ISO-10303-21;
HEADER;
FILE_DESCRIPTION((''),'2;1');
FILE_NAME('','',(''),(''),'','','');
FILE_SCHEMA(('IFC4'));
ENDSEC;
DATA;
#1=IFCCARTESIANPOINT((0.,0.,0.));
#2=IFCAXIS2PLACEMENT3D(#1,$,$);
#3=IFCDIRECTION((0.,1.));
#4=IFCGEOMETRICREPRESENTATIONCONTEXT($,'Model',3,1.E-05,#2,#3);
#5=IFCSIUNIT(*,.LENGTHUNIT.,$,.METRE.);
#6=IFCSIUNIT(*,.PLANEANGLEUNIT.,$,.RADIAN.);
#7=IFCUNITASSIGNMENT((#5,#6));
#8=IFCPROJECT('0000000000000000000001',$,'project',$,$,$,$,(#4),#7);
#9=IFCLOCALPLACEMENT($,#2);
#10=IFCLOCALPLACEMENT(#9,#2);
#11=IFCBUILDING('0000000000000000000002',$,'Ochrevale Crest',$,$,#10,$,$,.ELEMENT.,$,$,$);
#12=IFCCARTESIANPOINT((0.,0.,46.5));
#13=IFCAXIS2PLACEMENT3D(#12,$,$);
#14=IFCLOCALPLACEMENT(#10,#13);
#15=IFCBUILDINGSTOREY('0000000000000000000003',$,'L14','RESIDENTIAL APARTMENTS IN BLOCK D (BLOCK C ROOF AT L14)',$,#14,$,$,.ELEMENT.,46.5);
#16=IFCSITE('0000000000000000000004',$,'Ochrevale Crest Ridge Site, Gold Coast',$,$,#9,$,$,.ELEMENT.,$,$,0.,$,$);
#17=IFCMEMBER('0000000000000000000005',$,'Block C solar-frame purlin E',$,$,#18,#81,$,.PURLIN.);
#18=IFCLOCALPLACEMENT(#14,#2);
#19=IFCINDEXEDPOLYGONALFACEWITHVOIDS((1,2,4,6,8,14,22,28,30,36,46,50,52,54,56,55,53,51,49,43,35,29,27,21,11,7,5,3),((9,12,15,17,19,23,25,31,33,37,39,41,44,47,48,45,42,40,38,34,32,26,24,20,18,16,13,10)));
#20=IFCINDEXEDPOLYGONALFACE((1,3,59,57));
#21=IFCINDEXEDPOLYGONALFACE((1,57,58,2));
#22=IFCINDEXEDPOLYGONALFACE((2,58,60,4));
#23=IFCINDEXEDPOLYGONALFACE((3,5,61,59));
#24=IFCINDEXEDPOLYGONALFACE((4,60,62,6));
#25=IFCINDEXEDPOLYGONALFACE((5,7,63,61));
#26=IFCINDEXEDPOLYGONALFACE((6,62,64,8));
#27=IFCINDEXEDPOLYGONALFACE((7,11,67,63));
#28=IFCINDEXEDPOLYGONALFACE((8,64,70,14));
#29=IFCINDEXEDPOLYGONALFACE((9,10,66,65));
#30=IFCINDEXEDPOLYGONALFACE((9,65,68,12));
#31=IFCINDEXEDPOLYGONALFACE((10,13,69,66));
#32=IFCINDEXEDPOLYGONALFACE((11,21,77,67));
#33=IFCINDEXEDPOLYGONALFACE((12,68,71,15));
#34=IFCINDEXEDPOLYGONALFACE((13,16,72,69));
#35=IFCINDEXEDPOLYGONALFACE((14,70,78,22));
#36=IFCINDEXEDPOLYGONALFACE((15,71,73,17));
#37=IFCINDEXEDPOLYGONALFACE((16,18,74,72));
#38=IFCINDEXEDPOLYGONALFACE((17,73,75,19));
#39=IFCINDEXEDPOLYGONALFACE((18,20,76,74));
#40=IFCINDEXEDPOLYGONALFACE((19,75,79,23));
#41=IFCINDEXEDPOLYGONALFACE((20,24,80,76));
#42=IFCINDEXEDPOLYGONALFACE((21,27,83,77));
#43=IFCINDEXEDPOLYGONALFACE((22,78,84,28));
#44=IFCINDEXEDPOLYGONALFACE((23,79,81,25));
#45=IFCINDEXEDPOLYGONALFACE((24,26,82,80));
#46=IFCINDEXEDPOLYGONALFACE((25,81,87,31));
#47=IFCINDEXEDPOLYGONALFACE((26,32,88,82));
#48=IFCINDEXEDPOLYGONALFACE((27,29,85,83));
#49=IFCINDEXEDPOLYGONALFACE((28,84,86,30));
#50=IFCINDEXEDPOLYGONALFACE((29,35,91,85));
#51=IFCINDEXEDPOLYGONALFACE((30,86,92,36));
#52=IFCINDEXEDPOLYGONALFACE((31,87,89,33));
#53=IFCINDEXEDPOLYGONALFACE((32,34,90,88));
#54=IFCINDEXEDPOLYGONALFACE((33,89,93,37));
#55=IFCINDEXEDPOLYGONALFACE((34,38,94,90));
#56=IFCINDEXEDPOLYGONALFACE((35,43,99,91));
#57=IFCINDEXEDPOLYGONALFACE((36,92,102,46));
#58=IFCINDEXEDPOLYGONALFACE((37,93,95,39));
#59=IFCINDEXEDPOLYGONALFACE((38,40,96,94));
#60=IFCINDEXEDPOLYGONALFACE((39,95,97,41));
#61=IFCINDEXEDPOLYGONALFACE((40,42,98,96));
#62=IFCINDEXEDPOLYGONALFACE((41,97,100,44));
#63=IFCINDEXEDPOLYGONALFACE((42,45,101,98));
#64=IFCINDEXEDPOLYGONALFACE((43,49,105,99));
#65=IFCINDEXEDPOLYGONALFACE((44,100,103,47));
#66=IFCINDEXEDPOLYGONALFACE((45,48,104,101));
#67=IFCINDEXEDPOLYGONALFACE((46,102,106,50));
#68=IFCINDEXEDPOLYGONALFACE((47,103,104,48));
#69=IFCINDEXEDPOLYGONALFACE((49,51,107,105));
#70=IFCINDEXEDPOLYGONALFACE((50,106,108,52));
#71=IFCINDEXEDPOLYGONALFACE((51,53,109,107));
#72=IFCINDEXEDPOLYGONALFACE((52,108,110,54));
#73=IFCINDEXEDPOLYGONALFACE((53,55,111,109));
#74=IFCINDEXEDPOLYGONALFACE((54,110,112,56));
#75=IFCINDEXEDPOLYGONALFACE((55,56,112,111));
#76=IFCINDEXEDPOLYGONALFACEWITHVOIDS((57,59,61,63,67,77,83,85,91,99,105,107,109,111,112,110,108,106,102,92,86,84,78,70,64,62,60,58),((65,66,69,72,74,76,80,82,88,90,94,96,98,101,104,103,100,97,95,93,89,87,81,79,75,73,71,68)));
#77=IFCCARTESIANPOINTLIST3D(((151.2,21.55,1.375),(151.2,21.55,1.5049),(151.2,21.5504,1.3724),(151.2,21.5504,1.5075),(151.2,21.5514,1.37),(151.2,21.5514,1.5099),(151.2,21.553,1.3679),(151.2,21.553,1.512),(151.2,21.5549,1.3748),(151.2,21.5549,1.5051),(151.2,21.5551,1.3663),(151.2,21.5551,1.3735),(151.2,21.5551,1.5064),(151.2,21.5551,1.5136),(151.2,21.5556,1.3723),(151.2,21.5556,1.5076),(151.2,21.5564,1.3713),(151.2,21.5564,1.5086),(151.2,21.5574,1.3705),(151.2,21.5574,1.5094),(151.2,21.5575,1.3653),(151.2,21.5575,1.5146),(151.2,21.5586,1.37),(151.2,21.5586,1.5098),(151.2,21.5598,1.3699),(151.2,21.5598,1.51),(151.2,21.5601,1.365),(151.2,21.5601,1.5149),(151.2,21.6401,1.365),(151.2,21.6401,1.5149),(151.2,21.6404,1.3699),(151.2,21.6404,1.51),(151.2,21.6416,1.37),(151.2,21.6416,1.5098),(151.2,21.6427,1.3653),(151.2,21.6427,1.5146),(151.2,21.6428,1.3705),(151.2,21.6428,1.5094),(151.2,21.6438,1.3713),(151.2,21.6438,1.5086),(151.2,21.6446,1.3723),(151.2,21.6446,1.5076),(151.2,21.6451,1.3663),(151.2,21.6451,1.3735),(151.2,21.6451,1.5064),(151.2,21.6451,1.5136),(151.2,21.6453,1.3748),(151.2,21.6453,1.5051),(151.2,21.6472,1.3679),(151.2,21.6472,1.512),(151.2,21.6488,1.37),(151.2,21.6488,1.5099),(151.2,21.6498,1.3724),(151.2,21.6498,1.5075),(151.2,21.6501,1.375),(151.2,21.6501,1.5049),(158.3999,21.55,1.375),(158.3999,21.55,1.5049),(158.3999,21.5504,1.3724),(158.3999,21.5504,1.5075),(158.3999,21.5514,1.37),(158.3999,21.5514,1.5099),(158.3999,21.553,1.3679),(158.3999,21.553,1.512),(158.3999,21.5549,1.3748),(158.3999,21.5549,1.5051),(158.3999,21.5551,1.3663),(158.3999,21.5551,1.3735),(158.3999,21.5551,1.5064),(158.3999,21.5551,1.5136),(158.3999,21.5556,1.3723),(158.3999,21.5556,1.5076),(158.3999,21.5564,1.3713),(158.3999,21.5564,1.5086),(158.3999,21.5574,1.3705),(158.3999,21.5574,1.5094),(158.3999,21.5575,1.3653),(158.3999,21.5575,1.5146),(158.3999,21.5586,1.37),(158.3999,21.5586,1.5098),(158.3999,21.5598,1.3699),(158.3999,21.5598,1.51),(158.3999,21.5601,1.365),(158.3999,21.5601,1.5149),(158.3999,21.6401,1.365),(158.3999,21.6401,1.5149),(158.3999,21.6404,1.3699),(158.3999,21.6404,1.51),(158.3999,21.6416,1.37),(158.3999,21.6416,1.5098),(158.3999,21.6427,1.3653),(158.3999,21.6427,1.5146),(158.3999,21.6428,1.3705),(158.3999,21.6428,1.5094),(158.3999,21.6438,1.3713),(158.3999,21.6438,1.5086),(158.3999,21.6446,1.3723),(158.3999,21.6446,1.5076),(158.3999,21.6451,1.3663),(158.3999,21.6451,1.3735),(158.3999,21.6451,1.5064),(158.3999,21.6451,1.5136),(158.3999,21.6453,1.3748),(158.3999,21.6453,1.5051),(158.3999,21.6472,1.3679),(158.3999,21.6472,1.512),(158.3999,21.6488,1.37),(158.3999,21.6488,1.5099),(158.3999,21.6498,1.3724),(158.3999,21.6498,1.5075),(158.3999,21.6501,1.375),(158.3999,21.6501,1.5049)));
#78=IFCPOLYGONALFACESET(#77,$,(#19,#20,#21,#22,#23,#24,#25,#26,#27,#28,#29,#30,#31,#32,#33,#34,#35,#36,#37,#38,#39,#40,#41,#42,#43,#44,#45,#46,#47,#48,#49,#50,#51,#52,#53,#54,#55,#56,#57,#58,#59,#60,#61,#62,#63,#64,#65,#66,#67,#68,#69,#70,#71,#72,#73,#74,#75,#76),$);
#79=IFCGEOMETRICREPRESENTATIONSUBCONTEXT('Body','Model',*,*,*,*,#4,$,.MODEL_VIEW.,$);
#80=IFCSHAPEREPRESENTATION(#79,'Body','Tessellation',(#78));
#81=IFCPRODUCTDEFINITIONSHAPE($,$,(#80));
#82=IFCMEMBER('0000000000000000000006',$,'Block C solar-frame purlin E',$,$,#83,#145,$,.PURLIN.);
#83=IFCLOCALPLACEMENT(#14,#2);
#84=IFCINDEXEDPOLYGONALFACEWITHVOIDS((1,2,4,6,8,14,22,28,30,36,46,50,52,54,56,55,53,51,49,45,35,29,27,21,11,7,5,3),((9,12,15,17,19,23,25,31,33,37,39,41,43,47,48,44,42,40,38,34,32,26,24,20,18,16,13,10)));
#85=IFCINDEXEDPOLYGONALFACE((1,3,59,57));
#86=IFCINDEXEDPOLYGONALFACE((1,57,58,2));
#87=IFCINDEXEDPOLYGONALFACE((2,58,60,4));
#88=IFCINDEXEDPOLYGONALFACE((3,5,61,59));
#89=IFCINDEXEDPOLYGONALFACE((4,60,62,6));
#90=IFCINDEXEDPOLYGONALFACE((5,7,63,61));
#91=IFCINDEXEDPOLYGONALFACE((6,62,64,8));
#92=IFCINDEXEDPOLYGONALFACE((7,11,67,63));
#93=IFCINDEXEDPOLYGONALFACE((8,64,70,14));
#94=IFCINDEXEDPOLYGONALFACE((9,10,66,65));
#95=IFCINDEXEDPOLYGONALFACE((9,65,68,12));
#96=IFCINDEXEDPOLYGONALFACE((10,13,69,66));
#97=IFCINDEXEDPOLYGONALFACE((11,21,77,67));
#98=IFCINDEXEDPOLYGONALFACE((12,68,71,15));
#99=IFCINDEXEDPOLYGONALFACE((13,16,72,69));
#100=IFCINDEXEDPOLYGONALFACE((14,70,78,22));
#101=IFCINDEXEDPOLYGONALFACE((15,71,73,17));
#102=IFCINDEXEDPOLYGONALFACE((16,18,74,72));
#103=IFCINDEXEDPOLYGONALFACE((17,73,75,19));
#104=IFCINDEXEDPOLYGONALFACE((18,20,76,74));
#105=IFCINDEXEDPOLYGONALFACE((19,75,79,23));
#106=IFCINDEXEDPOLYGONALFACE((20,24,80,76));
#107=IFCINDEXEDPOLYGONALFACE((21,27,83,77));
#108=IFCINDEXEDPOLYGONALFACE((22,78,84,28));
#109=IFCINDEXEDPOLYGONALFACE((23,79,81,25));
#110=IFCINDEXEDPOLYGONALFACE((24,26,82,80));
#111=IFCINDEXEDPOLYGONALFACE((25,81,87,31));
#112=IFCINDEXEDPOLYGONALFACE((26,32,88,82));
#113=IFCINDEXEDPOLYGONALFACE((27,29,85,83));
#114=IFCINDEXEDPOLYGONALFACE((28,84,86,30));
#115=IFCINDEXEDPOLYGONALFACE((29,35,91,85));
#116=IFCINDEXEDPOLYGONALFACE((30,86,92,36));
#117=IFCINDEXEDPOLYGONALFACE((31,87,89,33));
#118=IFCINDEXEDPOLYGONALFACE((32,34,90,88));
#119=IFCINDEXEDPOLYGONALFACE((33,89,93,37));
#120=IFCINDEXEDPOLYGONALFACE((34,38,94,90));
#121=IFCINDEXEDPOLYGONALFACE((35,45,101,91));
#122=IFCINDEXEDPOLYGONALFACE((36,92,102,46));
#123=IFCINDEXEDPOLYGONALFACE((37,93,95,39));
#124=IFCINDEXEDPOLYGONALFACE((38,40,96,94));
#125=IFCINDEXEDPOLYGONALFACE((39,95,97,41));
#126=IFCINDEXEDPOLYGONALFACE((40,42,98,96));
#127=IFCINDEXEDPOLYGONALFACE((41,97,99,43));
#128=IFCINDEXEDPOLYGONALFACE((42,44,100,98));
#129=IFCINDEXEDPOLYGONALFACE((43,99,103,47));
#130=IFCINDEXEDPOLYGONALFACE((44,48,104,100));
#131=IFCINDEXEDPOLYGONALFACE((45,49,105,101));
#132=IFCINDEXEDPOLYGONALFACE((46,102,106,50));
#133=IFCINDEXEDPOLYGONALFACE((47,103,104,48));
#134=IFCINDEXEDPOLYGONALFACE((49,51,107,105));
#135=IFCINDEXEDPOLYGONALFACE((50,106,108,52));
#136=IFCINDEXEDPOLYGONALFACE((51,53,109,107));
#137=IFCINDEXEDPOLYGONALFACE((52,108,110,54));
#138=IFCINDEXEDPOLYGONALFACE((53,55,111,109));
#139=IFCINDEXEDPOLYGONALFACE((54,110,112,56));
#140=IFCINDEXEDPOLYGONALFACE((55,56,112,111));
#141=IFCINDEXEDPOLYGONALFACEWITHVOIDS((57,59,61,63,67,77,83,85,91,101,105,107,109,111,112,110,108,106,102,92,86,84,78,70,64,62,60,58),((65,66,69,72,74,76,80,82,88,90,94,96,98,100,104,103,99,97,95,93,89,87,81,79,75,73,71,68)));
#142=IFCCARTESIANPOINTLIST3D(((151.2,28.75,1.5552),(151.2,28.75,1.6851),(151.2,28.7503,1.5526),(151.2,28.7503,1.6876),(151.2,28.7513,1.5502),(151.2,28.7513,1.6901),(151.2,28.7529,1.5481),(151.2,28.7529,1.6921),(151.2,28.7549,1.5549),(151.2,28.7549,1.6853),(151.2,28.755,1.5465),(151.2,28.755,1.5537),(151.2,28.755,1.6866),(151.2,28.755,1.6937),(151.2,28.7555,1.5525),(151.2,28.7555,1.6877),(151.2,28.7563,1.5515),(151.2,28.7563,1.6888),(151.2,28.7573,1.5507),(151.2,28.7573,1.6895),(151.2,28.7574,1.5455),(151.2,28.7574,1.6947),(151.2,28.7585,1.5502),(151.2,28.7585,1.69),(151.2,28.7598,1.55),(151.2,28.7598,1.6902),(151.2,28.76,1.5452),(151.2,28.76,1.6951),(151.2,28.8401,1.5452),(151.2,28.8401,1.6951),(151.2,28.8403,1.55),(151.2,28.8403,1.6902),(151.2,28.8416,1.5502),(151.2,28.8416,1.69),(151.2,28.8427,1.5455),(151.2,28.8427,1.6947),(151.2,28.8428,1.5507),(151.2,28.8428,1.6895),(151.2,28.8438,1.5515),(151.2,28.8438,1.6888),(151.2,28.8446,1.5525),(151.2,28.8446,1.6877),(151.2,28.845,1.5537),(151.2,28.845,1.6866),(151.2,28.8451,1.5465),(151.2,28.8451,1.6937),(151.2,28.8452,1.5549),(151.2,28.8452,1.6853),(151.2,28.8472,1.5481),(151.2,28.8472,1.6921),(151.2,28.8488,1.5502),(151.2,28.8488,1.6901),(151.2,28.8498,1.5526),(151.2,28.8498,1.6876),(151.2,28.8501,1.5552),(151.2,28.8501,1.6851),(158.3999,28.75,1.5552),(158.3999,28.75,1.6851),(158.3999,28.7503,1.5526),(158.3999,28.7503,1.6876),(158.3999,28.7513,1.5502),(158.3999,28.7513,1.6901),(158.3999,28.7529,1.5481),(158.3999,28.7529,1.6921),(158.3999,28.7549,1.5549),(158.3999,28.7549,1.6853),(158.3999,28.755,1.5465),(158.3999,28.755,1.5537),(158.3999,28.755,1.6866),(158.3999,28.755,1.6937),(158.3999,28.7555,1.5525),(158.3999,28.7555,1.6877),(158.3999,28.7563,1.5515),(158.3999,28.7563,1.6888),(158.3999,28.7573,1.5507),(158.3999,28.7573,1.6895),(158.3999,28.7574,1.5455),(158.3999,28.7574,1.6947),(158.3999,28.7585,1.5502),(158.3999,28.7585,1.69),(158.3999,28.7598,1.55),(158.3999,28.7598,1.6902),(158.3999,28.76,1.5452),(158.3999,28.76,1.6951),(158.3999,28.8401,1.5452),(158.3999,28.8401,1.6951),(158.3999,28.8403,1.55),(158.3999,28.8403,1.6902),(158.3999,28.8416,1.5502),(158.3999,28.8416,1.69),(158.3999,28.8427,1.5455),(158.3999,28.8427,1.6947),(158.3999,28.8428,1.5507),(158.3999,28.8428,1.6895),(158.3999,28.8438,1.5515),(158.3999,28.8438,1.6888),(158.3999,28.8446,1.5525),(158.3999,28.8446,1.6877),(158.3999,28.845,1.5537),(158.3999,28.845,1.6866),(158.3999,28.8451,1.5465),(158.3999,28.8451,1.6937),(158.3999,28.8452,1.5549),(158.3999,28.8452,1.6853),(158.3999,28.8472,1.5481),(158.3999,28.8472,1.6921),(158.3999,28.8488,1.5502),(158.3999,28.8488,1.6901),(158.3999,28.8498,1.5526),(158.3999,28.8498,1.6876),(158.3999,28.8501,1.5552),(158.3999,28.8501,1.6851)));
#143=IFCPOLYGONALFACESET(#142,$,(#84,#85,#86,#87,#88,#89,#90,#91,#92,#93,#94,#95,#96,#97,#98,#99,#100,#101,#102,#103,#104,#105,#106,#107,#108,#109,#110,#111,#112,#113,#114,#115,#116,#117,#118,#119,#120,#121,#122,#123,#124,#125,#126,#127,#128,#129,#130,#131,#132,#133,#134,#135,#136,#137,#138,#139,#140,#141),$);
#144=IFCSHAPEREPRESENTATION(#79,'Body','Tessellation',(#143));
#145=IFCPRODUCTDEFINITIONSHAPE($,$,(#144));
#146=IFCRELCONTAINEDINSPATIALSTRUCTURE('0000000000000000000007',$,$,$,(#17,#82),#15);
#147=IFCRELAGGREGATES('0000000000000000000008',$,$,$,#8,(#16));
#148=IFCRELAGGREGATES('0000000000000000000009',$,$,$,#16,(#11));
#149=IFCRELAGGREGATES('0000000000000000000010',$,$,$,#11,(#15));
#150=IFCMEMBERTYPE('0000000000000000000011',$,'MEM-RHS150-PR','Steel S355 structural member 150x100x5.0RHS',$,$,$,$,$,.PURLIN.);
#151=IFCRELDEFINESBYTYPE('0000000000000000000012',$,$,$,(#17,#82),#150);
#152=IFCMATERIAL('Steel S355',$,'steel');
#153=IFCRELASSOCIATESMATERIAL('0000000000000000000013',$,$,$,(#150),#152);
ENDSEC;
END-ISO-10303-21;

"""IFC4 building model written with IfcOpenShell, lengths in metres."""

from ifc_helpers import new_model, si_unit, direction, frame, origin, origin_2d, place, context, subcontext, project, spatial, hollow_rectangle, extrude, material, material_profile, profile_set, type_object, element, save


model = new_model("IFC4")

# Units and contexts
model_context = context("Model", 3, precision=1e-05, world=origin(), true_north=direction((0.0, 1.0)))
body_context = subcontext(model_context, "Body", "Model", "MODEL_VIEW")
ifc_project = project(units=[si_unit("LENGTHUNIT", "METRE"), si_unit("PLANEANGLEUNIT", "RADIAN")], contexts=[model_context])

# Site, building, storey
site_placement = place(None, origin())
site = spatial("IfcSite", under=ifc_project, at=site_placement, Name="Ochrevale Crest Ridge Site, Gold Coast", CompositionType="ELEMENT", RefElevation=0.0)
building_placement = place(site_placement, origin())
building = spatial("IfcBuilding", under=site, at=building_placement, Name="Ochrevale Crest", CompositionType="ELEMENT")
storey_placement = place(building_placement, frame((0.0, 0.0, 46.5)))
storey = spatial("IfcBuildingStorey", under=building, at=storey_placement, Name="L14", Description="RESIDENTIAL APARTMENTS IN BLOCK D (BLOCK C ROOF AT L14)", CompositionType="ELEMENT", Elevation=46.5)

# Shared definitions
ifc_material_1 = material(Name="Steel S355", Category="steel")

# Members
ifc_material_profile_1 = material_profile(ifc_material_1, hollow_rectangle(XDim=0.1001, YDim=0.1499, WallThickness=0.0049, InnerFilletRadius=0.0049, OuterFilletRadius=0.01, at=origin_2d()), Name="150x100x5.0RHS")
ifc_profile_set_1 = profile_set([ifc_material_profile_1], Name="Steel S355")
member_type_1 = type_object("IfcMemberType", Name="MEM-RHS150-PR", Description="Steel S355 structural member 150x100x5.0RHS", PredefinedType="PURLIN", material=ifc_profile_set_1)
for number, where, z_axis, x_axis, name in (
    (1, (151.2, 21.6001, 1.4399), (1.0, 0.0, 0.0), (0.0, 1.0, 0.0), "Block C solar-frame purlin E"),
    (2, (151.2, 28.8, 1.6201), (1.0, 0.0, 0.0), (0.0, 1.0, 0.0), "Block C solar-frame purlin E"),
):
    element("IfcMember", number, at=place(storey_placement, frame(where, z_axis=z_axis, x_axis=x_axis)), inside=storey, type_object=member_type_1, Name=name, PredefinedType="PURLIN", context=body_context, shape_type="SweptSolid", body=[
        extrude(hollow_rectangle(XDim=0.1001, YDim=0.1499, WallThickness=0.0049, InnerFilletRadius=0.0049, OuterFilletRadius=0.01, at=origin_2d()), origin(), (0.0, 0.0, 1.0), 7.2),
    ])

save(model, "model.ifc")
